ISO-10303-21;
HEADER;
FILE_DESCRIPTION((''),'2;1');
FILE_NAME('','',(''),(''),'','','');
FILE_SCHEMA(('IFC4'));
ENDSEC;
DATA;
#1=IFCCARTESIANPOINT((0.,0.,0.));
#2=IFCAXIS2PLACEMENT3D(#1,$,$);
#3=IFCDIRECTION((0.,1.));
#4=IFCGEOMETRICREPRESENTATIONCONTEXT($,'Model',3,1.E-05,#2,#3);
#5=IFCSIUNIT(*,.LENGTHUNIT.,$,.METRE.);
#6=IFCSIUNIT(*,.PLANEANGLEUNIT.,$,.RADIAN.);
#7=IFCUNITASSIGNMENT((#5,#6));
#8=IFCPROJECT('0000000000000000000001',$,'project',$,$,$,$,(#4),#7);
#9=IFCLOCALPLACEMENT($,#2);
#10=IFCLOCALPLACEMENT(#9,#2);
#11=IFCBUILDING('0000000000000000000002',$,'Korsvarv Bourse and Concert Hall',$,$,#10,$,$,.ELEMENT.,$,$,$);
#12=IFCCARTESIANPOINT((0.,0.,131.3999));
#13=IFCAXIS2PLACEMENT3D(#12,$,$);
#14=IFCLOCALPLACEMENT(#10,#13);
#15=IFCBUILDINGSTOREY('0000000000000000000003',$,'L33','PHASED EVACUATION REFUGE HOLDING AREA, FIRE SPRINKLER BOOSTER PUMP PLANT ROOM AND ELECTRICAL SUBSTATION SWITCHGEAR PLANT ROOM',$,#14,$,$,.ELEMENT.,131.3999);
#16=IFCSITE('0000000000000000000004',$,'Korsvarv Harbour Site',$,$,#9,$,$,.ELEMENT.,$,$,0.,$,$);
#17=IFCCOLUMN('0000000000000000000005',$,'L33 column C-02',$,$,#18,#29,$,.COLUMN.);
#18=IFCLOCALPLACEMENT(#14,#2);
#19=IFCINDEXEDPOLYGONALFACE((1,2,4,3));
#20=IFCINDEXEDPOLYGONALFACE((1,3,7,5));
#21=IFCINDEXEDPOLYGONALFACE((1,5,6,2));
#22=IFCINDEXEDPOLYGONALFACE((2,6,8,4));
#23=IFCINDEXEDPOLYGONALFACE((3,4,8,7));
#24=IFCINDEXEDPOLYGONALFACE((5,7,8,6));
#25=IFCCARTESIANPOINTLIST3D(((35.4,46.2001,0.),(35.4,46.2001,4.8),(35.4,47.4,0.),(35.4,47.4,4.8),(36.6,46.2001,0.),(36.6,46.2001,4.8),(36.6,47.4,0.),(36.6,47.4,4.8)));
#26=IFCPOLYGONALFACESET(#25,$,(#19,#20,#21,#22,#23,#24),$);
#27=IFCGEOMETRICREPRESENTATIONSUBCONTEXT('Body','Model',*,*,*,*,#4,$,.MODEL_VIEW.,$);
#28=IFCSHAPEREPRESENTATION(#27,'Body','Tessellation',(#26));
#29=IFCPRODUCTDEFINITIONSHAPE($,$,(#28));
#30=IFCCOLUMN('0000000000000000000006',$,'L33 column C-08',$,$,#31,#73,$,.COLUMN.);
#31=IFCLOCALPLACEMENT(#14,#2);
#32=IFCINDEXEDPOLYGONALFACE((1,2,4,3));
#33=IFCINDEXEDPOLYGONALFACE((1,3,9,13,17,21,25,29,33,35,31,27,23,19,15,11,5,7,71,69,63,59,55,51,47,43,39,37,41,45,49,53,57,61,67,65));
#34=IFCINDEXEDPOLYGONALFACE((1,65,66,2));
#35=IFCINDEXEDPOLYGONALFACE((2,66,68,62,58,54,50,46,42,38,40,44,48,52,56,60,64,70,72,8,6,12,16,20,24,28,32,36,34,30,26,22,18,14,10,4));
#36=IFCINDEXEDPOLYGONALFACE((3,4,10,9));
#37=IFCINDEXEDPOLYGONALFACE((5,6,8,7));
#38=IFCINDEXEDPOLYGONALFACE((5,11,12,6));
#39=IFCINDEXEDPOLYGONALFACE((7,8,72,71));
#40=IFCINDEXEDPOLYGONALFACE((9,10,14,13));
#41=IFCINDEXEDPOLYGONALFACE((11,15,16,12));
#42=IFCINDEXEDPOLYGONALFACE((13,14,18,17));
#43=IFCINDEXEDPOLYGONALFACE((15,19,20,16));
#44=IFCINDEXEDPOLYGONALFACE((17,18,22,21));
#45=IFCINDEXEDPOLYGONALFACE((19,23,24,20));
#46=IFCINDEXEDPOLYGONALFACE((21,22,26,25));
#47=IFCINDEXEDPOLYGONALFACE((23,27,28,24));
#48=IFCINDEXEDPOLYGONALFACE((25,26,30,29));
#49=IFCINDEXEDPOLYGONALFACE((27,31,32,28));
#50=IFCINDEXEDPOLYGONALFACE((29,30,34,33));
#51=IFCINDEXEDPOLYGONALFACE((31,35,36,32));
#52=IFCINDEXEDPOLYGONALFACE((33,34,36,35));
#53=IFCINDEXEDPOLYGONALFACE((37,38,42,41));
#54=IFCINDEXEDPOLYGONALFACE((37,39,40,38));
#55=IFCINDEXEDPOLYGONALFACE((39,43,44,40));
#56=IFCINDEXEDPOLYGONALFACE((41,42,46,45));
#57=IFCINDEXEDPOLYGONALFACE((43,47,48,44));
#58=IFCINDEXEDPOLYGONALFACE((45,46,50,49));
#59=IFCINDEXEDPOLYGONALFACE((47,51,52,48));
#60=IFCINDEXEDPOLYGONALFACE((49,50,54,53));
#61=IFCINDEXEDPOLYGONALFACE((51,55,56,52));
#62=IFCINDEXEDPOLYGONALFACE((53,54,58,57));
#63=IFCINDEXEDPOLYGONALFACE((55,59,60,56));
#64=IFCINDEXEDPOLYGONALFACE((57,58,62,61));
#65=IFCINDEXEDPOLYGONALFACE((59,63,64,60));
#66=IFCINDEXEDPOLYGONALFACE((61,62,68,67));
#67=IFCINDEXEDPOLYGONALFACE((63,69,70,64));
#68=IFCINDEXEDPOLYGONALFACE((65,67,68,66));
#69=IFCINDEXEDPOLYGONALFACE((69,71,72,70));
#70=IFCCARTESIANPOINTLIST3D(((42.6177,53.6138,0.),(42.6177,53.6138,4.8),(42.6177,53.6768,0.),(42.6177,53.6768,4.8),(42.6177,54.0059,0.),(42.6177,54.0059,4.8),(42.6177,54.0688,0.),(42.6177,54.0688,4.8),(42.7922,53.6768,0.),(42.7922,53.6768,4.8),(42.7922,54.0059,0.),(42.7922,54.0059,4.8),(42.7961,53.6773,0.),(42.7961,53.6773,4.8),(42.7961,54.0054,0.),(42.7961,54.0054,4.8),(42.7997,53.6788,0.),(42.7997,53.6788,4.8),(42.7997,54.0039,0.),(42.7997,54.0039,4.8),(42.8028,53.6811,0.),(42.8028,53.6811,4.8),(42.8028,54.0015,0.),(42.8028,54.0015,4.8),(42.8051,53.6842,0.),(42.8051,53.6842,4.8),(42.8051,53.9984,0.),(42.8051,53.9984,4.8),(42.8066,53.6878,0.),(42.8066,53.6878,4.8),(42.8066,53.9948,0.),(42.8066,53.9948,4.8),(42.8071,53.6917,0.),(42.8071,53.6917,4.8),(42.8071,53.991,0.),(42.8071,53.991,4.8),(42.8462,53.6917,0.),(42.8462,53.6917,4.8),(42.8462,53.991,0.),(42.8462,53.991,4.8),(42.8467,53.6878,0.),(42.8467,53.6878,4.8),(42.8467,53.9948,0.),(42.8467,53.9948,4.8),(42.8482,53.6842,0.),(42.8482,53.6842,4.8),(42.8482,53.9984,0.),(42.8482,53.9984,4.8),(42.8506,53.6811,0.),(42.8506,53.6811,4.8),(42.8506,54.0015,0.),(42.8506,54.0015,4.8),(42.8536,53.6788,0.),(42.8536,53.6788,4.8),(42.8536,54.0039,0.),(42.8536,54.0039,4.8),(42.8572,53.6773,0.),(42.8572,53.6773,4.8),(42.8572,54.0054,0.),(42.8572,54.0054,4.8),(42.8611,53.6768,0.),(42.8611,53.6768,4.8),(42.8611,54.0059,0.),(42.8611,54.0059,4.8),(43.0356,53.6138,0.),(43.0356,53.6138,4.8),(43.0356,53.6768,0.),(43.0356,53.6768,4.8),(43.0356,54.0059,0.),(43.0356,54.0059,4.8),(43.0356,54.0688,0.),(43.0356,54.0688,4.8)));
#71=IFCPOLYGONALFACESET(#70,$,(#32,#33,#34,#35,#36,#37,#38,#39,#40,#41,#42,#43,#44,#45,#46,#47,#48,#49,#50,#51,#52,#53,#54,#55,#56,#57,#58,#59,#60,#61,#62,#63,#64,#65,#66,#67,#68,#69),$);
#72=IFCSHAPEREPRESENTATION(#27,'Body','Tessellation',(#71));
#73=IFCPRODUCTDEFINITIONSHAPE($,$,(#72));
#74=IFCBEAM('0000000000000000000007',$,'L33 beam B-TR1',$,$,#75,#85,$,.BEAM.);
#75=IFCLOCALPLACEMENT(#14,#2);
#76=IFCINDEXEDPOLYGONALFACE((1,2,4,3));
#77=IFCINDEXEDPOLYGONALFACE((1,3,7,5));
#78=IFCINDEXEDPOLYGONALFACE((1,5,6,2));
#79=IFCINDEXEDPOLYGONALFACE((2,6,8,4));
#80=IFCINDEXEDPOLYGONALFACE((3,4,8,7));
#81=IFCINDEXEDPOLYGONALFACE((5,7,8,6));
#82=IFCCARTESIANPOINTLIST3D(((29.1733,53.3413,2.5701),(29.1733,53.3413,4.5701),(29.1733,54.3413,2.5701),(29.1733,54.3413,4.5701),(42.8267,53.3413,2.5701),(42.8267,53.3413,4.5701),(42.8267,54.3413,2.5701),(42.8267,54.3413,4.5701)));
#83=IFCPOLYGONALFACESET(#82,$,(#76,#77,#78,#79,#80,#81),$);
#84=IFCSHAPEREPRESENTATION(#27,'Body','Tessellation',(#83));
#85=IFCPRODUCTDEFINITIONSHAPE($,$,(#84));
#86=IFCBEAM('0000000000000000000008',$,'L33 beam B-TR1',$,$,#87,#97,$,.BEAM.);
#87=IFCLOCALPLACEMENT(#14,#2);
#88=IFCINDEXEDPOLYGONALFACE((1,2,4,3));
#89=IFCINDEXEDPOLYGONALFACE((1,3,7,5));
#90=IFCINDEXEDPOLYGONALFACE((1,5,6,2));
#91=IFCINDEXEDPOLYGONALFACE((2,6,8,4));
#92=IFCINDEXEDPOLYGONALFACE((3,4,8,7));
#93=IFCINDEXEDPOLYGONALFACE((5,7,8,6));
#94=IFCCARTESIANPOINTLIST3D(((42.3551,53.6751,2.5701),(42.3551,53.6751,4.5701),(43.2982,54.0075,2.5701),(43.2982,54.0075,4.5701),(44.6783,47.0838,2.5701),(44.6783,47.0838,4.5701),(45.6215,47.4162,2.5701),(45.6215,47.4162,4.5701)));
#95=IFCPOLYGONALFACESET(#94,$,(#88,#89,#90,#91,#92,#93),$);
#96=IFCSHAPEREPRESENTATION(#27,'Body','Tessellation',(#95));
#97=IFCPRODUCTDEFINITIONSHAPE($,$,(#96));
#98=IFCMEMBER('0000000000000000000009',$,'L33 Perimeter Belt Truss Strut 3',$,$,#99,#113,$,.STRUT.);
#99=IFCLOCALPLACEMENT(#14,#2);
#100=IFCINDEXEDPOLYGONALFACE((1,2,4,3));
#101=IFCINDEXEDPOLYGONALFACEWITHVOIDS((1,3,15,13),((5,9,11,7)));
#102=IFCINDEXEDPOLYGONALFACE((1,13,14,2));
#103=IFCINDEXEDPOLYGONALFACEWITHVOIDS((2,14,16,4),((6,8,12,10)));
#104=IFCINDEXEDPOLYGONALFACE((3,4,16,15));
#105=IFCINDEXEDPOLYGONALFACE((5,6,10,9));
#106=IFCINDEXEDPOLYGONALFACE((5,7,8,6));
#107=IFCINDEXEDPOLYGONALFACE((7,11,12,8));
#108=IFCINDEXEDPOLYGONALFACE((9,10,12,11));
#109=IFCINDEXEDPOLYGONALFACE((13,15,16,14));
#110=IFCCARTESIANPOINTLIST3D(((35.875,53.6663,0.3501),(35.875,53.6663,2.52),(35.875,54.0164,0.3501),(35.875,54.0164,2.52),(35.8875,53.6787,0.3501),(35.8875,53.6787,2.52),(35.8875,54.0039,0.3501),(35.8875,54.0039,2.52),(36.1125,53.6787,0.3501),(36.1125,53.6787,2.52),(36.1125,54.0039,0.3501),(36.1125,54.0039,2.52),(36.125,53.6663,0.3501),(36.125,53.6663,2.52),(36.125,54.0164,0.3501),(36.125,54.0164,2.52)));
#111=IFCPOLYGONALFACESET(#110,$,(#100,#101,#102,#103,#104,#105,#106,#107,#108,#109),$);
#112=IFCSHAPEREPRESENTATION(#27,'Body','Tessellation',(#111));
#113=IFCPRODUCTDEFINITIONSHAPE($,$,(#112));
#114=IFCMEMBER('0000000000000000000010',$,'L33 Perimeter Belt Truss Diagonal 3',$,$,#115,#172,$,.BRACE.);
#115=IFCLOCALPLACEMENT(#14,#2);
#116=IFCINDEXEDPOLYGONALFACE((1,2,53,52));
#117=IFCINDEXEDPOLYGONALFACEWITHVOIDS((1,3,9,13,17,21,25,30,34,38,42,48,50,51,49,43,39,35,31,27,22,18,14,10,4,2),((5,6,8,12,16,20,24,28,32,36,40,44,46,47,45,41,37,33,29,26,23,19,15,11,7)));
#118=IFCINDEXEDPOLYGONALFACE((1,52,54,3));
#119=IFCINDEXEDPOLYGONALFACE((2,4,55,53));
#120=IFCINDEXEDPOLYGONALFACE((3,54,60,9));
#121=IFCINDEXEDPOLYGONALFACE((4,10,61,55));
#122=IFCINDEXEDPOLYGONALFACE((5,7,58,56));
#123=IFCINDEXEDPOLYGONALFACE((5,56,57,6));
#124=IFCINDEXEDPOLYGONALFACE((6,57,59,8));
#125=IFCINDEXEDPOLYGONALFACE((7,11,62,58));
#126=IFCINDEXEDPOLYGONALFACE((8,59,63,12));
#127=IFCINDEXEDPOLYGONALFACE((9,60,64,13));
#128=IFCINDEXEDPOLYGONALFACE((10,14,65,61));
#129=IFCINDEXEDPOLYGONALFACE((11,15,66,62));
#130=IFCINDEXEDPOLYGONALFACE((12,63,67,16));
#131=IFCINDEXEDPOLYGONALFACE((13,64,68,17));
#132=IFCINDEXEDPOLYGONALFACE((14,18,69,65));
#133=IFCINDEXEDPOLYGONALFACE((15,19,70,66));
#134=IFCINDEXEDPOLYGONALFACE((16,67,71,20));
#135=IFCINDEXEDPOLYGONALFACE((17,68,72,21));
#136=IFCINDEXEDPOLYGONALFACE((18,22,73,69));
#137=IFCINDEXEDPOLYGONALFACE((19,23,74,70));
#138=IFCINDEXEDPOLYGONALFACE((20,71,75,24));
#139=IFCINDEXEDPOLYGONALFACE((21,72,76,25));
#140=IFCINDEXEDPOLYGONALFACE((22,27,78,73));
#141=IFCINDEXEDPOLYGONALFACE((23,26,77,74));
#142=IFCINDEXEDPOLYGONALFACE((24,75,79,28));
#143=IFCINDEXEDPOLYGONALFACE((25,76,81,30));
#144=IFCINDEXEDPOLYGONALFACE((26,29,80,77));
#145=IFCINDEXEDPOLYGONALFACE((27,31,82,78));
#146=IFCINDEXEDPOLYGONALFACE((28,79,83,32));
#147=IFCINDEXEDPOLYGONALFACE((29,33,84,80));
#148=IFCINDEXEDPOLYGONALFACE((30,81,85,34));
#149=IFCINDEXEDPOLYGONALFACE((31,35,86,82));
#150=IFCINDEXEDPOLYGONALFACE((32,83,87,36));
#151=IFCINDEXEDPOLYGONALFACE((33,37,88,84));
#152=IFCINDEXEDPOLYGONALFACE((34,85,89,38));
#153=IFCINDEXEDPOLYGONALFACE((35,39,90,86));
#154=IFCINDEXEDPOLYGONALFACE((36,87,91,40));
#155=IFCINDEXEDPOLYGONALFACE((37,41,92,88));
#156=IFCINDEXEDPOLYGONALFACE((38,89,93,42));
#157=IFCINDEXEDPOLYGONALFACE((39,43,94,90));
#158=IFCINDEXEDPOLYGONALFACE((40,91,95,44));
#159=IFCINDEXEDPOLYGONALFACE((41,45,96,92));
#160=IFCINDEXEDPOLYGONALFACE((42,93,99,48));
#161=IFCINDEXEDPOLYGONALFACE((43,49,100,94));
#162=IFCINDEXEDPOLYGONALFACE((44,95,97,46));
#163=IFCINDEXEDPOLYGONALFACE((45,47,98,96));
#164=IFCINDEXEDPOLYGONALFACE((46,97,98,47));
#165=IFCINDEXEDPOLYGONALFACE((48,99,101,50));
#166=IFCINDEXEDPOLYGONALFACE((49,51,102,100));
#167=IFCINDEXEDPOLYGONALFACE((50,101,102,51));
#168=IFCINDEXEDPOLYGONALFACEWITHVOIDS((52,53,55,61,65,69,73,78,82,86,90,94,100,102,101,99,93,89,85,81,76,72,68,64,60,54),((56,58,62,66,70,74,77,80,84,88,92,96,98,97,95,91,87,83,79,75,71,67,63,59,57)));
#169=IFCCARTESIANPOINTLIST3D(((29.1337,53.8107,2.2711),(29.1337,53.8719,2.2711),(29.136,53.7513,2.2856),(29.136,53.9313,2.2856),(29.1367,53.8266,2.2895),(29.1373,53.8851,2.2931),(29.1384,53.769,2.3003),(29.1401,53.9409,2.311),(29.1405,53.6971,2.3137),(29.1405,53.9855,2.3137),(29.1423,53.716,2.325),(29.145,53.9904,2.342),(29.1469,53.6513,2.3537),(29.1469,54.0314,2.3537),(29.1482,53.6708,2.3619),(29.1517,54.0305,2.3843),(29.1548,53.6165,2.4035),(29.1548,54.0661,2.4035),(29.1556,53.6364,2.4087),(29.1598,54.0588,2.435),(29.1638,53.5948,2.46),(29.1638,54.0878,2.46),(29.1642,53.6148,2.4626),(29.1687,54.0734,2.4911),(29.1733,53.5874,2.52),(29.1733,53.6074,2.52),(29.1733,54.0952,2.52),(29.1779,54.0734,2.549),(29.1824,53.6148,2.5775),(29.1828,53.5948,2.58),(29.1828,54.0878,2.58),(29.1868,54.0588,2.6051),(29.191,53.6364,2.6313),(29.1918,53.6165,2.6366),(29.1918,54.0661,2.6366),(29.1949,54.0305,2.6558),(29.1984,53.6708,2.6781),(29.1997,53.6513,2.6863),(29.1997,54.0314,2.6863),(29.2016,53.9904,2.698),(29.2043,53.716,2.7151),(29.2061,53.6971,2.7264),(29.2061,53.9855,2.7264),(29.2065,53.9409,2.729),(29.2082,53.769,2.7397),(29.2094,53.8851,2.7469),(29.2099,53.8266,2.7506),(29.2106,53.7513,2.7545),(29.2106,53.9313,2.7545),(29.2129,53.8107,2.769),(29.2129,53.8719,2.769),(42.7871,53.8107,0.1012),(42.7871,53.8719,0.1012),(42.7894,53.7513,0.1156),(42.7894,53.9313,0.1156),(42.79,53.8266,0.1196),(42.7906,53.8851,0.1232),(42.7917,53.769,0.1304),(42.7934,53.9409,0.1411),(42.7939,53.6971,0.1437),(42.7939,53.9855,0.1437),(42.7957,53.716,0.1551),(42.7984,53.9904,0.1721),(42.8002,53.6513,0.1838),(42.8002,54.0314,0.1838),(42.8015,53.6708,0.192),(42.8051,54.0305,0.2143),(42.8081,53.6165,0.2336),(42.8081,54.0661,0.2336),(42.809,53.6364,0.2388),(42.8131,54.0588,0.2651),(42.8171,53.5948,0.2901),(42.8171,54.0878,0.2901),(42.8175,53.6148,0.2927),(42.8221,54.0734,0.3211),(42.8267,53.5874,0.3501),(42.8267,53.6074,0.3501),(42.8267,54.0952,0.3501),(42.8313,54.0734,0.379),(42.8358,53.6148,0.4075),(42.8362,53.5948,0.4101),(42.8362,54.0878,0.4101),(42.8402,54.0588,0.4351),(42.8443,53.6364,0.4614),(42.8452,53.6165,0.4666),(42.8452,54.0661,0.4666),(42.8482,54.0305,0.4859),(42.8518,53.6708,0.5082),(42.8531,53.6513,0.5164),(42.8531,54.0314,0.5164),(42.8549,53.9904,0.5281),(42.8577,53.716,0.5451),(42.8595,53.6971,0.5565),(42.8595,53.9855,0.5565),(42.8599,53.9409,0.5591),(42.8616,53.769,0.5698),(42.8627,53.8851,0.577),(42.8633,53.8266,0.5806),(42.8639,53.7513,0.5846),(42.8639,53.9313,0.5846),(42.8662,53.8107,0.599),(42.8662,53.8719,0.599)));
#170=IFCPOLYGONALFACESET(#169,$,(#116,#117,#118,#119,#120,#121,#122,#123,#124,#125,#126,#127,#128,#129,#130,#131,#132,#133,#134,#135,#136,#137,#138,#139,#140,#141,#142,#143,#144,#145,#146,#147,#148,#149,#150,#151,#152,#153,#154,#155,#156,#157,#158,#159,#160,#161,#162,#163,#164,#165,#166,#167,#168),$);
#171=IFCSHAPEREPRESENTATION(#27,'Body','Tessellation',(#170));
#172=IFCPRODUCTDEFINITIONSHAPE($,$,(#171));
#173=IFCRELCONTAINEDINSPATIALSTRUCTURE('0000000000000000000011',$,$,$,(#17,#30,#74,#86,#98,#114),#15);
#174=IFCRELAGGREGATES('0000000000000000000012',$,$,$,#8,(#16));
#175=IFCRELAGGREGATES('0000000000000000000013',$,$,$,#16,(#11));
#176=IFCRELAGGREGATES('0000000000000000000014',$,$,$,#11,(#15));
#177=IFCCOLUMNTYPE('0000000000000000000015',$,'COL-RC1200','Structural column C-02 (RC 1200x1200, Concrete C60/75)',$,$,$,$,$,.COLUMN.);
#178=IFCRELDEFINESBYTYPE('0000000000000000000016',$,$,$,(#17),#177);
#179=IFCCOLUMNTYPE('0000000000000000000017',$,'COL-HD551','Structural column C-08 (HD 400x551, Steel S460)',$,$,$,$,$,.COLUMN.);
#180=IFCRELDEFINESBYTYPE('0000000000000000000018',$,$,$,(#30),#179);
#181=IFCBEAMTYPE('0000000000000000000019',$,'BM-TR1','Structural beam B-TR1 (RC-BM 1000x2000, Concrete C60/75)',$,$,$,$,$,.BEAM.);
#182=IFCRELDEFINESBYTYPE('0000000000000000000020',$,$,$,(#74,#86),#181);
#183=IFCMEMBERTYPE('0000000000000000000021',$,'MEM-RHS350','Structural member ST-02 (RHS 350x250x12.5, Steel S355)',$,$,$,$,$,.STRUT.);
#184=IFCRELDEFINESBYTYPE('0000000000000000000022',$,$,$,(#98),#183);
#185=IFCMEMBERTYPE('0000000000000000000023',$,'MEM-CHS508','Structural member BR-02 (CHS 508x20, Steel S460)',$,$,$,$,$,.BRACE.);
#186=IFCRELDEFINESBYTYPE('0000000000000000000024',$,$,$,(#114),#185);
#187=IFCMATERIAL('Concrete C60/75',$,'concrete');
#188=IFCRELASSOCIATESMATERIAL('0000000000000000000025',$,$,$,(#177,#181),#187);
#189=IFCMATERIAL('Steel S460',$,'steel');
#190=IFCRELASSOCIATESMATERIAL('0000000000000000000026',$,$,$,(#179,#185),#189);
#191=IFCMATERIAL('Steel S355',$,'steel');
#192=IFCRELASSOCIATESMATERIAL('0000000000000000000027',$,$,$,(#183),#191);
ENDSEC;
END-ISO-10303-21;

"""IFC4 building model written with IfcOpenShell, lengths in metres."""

from ifc_helpers import new_model, si_unit, direction, frame, origin, origin_2d, place, context, subcontext, project, spatial, rectangle, hollow_rectangle, hollow_circle, i_section, extrude, source, transform, mapped, material, material_profile, profile_set, type_object, element, save


model = new_model("IFC4")

# Units and contexts
model_context = context("Model", 3, precision=1e-05, world=origin(), true_north=direction((0.0, 1.0)))
body_context = subcontext(model_context, "Body", "Model", "MODEL_VIEW")
ifc_project = project(units=[si_unit("LENGTHUNIT", "METRE"), si_unit("PLANEANGLEUNIT", "RADIAN")], contexts=[model_context])

# Site, building, storey
site_placement = place(None, origin())
site = spatial("IfcSite", under=ifc_project, at=site_placement, Name="Korsvarv Harbour Site", CompositionType="ELEMENT", RefElevation=0.0)
building_placement = place(site_placement, origin())
building = spatial("IfcBuilding", under=site, at=building_placement, Name="Korsvarv Bourse and Concert Hall", CompositionType="ELEMENT")
storey_placement = place(building_placement, frame((0.0, 0.0, 131.3999)))
storey = spatial("IfcBuildingStorey", under=building, at=storey_placement, Name="L33", Description="PHASED EVACUATION REFUGE HOLDING AREA, FIRE SPRINKLER BOOSTER PUMP PLANT ROOM AND ELECTRICAL SUBSTATION SWITCHGEAR PLANT ROOM", CompositionType="ELEMENT", Elevation=131.3999)

# Columns
ifc_material_1 = material(Name="Concrete C60/75", Category="concrete")
ifc_material_profile_1 = material_profile(ifc_material_1, rectangle(XDim=1.2, YDim=1.2, at=origin_2d()), Name="RC 1200x1200")
ifc_profile_set_1 = profile_set([ifc_material_profile_1], Name="Concrete C60/75")
column_type_1 = type_object("IfcColumnType", Name="COL-RC1200", Description="Structural column C-02 (RC 1200x1200, Concrete C60/75)", PredefinedType="COLUMN", material=ifc_profile_set_1)
shared_shape_1 = source(origin(), body_context, "Body", "SweptSolid", [
    extrude(rectangle(XDim=1.2, YDim=1.2, at=origin_2d()), origin(), (0.0, 0.0, 1.0), 4.8),
])
column_1_placement = place(storey_placement, frame((36.0, 46.8, 0.0), z_axis=(0.0, 0.0, 1.0), x_axis=(1.0, 0.0, 0.0)))
element("IfcColumn", 1, at=column_1_placement, inside=storey, type_object=column_type_1, Name="L33 column C-02", PredefinedType="COLUMN", context=body_context, shape_type="MappedRepresentation", body=[
    mapped(shared_shape_1, transform((0.0, 0.0, 0.0), scale=1.0)),
])
ifc_material_2 = material(Name="Steel S460", Category="steel")
ifc_material_profile_2 = material_profile(ifc_material_2, i_section(OverallWidth=0.418, OverallDepth=0.4551, WebThickness=0.0391, FlangeThickness=0.063, FilletRadius=0.0149, at=origin_2d()), Name="HD 400x551")
ifc_profile_set_2 = profile_set([ifc_material_profile_2], Name="Steel S460")
column_type_2 = type_object("IfcColumnType", Name="COL-HD551", Description="Structural column C-08 (HD 400x551, Steel S460)", PredefinedType="COLUMN", material=ifc_profile_set_2)
shared_shape_2 = source(origin(), body_context, "Body", "SweptSolid", [
    extrude(i_section(OverallWidth=0.418, OverallDepth=0.4551, WebThickness=0.0391, FlangeThickness=0.063, FilletRadius=0.0149, at=origin_2d()), origin(), (0.0, 0.0, 1.0), 4.8),
])
column_2_placement = place(storey_placement, frame((42.8267, 53.8413, 0.0), z_axis=(0.0, 0.0, 1.0), x_axis=(1.0, 0.0, 0.0)))
element("IfcColumn", 2, at=column_2_placement, inside=storey, type_object=column_type_2, Name="L33 column C-08", PredefinedType="COLUMN", context=body_context, shape_type="MappedRepresentation", body=[
    mapped(shared_shape_2, transform((0.0, 0.0, 0.0), scale=1.0)),
])

# Beams
ifc_material_profile_3 = material_profile(ifc_material_1, rectangle(XDim=1.0, YDim=2.0, at=origin_2d()), Name="RC-BM 1000x2000")
ifc_profile_set_3 = profile_set([ifc_material_profile_3], Name="Concrete C60/75")
beam_type = type_object("IfcBeamType", Name="BM-TR1", Description="Structural beam B-TR1 (RC-BM 1000x2000, Concrete C60/75)", PredefinedType="BEAM", material=ifc_profile_set_3)
shared_shape_3 = source(origin(), body_context, "Body", "SweptSolid", [
    extrude(rectangle(XDim=1.0, YDim=2.0, at=origin_2d()), origin(), (0.0, 0.0, 1.0), 13.6533),
])
beam_1_placement = place(storey_placement, frame((42.8267, 53.8413, 3.5701), z_axis=(-1.0, 0.0, 0.0), x_axis=(0.0, -1.0, 0.0)))
element("IfcBeam", 3, at=beam_1_placement, inside=storey, type_object=beam_type, Name="L33 beam B-TR1", PredefinedType="BEAM", context=body_context, shape_type="MappedRepresentation", body=[
    mapped(shared_shape_3, transform((0.0, 0.0, 0.0), scale=1.0)),
])
shared_shape_4 = source(origin(), body_context, "Body", "SweptSolid", [
    extrude(rectangle(XDim=1.0, YDim=2.0, at=origin_2d()), origin(), (0.0, 0.0, 1.0), 6.9888),
])
beam_2_placement = place(storey_placement, frame((42.8267, 53.8413, 3.5701), z_axis=(0.332425, -0.94313, 0.0), x_axis=(0.94313, 0.332425, 0.0)))
element("IfcBeam", 4, at=beam_2_placement, inside=storey, type_object=beam_type, Name="L33 beam B-TR1", PredefinedType="BEAM", context=body_context, shape_type="MappedRepresentation", body=[
    mapped(shared_shape_4, transform((0.0, 0.0, 0.0), scale=1.0)),
])

# Members
ifc_material_3 = material(Name="Steel S355", Category="steel")
ifc_material_profile_4 = material_profile(ifc_material_3, hollow_rectangle(XDim=0.25, YDim=0.3501, WallThickness=0.0125, at=origin_2d()), Name="RHS 350x250x12.5")
ifc_profile_set_4 = profile_set([ifc_material_profile_4], Name="Steel S355")
member_type_1 = type_object("IfcMemberType", Name="MEM-RHS350", Description="Structural member ST-02 (RHS 350x250x12.5, Steel S355)", PredefinedType="STRUT", material=ifc_profile_set_4)
shared_shape_5 = source(origin(), body_context, "Body", "SweptSolid", [
    extrude(hollow_rectangle(XDim=0.25, YDim=0.3501, WallThickness=0.0125, at=origin_2d()), origin(), (0.0, 0.0, 1.0), 2.1699),
])
member_1_placement = place(storey_placement, frame((36.0, 53.8413, 0.3501), z_axis=(0.0, 0.0, 1.0), x_axis=(1.0, 0.0, 0.0)))
element("IfcMember", 5, at=member_1_placement, inside=storey, type_object=member_type_1, Name="L33 Perimeter Belt Truss Strut 3", PredefinedType="STRUT", context=body_context, shape_type="MappedRepresentation", body=[
    mapped(shared_shape_5, transform((0.0, 0.0, 0.0), scale=1.0)),
])
ifc_material_profile_5 = material_profile(ifc_material_2, hollow_circle(Radius=0.2539, WallThickness=0.02, at=origin_2d()), Name="CHS 508x20")
ifc_profile_set_5 = profile_set([ifc_material_profile_5], Name="Steel S460")
member_type_2 = type_object("IfcMemberType", Name="MEM-CHS508", Description="Structural member BR-02 (CHS 508x20, Steel S460)", PredefinedType="BRACE", material=ifc_profile_set_5)
shared_shape_6 = source(origin(), body_context, "Body", "SweptSolid", [
    extrude(hollow_circle(Radius=0.2539, WallThickness=0.02, at=origin_2d()), origin(), (0.0, 0.0, 1.0), 13.8247),
])
member_2_placement = place(storey_placement, frame((42.8267, 53.8413, 0.3501), z_axis=(-0.987605, 0.0, 0.15696), x_axis=(0.0, -1.0, 0.0)))
element("IfcMember", 6, at=member_2_placement, inside=storey, type_object=member_type_2, Name="L33 Perimeter Belt Truss Diagonal 3", PredefinedType="BRACE", context=body_context, shape_type="MappedRepresentation", body=[
    mapped(shared_shape_6, transform((0.0, 0.0, 0.0), scale=1.0)),
])

save(model, "model.ifc")
